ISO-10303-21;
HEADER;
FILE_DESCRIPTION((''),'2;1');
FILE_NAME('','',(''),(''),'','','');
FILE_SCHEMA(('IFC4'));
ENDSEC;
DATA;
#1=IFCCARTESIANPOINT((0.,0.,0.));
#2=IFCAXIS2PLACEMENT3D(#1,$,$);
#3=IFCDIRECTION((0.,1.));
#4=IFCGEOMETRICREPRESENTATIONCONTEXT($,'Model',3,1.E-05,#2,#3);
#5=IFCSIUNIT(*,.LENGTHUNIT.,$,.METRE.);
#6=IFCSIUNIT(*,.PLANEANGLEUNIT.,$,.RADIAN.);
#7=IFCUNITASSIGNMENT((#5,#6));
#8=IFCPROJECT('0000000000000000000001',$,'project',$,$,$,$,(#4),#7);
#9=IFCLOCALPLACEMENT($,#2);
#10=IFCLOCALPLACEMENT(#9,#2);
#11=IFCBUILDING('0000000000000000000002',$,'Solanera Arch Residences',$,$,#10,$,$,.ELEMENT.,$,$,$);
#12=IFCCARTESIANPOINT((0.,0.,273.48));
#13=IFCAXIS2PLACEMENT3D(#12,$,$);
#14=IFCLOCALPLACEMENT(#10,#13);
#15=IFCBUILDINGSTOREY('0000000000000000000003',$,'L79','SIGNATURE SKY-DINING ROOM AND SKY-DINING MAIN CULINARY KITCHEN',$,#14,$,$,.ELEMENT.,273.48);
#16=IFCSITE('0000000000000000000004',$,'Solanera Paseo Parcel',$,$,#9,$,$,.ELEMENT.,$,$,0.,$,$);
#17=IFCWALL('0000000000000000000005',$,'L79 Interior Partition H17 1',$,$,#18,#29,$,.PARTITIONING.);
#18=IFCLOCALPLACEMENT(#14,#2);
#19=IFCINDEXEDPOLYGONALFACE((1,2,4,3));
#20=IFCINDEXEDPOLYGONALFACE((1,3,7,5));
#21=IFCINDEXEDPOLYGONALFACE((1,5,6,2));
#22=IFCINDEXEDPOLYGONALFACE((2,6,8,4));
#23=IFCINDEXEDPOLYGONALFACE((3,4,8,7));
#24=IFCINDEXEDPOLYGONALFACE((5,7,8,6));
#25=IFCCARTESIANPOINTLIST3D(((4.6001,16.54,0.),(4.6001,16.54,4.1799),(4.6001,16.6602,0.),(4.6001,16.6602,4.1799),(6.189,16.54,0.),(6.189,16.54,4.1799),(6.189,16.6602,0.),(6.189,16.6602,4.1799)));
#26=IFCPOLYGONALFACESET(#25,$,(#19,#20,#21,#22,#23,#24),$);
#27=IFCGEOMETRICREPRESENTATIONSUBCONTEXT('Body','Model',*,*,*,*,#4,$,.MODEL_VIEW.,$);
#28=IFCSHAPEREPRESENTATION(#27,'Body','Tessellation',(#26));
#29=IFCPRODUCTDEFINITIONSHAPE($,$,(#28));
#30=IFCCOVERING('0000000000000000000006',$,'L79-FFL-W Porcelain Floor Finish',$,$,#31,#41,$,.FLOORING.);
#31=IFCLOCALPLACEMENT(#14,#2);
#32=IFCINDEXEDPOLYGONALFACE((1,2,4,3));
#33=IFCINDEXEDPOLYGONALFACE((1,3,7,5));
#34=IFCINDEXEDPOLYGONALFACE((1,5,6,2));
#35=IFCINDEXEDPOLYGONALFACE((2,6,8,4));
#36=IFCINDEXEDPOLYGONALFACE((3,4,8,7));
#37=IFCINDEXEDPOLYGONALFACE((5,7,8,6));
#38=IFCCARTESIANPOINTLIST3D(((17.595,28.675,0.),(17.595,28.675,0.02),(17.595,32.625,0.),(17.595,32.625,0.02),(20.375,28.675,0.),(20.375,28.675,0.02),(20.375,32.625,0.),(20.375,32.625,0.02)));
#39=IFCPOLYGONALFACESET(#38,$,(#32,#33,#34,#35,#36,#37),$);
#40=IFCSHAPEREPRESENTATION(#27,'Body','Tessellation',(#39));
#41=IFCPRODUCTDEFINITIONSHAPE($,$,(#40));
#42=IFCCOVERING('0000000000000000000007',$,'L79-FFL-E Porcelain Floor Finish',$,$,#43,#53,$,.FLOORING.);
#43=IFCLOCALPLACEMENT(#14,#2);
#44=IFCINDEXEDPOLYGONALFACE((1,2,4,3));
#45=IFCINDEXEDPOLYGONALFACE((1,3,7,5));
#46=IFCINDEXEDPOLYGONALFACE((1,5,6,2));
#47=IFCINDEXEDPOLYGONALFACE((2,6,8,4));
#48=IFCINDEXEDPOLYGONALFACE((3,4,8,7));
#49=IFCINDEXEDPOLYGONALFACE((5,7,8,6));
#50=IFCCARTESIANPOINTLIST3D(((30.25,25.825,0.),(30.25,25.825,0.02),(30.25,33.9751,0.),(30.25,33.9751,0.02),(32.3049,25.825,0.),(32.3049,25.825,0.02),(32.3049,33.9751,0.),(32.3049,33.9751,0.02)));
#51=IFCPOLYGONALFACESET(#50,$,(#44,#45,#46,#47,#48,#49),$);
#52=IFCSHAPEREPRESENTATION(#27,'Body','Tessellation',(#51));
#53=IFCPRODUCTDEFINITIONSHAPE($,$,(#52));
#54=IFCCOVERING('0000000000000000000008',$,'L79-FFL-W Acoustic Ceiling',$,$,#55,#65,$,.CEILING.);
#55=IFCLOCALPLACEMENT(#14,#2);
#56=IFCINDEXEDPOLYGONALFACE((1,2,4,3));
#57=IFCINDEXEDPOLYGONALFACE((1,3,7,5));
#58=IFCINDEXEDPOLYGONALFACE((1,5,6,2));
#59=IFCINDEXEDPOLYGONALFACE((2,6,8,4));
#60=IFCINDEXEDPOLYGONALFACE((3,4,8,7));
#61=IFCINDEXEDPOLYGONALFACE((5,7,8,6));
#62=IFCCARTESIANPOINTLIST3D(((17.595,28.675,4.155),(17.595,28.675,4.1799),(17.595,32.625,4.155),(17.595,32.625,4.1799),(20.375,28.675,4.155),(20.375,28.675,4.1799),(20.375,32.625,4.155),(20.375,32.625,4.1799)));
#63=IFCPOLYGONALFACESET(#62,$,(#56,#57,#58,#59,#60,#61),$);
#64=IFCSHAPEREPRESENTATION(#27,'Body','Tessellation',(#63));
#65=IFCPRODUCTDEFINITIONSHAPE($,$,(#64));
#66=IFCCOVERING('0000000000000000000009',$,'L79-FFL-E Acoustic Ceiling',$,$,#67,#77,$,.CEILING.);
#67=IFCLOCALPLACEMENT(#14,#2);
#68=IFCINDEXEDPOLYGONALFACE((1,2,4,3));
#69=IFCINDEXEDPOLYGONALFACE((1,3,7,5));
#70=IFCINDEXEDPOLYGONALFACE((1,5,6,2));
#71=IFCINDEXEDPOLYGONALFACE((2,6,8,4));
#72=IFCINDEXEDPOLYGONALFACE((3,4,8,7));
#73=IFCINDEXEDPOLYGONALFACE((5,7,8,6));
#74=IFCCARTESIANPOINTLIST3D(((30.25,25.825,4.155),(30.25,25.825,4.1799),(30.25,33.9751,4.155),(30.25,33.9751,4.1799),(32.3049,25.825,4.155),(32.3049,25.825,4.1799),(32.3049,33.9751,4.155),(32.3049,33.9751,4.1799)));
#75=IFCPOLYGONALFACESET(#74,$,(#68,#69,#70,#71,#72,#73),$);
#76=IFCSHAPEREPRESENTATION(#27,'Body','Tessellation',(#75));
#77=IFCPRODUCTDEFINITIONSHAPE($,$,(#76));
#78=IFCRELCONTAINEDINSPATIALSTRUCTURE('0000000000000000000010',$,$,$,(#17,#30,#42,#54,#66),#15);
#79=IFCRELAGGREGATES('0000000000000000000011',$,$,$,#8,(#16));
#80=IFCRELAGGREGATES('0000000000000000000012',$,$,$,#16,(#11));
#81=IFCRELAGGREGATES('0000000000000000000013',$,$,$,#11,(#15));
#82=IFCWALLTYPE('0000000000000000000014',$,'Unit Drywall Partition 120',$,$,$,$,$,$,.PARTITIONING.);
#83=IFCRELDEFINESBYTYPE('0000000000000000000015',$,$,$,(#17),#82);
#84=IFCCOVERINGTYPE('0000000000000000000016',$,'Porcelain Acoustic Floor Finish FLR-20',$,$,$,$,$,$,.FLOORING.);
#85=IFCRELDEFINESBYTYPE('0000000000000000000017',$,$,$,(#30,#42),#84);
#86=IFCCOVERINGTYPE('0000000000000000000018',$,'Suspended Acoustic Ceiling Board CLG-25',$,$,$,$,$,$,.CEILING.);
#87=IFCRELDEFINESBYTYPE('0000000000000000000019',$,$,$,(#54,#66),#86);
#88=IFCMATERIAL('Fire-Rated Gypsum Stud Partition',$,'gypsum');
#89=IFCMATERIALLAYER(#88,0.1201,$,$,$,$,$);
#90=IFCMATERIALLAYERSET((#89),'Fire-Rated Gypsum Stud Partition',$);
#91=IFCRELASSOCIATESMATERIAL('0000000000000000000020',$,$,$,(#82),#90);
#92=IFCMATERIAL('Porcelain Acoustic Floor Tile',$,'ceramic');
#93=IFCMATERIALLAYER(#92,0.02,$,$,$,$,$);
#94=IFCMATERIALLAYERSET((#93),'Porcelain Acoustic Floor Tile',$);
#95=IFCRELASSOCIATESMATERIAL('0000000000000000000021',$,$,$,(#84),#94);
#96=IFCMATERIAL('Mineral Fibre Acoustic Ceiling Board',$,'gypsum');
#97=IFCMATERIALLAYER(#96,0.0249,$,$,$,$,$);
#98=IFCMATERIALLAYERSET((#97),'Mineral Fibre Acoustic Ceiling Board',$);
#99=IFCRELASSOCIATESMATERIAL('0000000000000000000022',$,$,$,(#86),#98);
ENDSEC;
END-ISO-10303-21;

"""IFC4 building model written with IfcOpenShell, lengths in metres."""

from ifc_helpers import new_model, si_unit, direction, frame, frame_2d, origin, place, context, subcontext, project, spatial, polyline, rectangle, outline, extrude, material, layer, layer_set, type_object, element, save


model = new_model("IFC4")

# Units and contexts
model_context = context("Model", 3, precision=1e-05, world=origin(), true_north=direction((0.0, 1.0)))
body_context = subcontext(model_context, "Body", "Model", "MODEL_VIEW")
ifc_project = project(units=[si_unit("LENGTHUNIT", "METRE"), si_unit("PLANEANGLEUNIT", "RADIAN")], contexts=[model_context])

# Site, building, storey
site_placement = place(None, origin())
site = spatial("IfcSite", under=ifc_project, at=site_placement, Name="Solanera Paseo Parcel", CompositionType="ELEMENT", RefElevation=0.0)
building_placement = place(site_placement, origin())
building = spatial("IfcBuilding", under=site, at=building_placement, Name="Solanera Arch Residences", CompositionType="ELEMENT")
storey_placement = place(building_placement, frame((0.0, 0.0, 273.48)))
storey = spatial("IfcBuildingStorey", under=building, at=storey_placement, Name="L79", Description="SIGNATURE SKY-DINING ROOM AND SKY-DINING MAIN CULINARY KITCHEN", CompositionType="ELEMENT", Elevation=273.48)

# Wall
ifc_material_1 = material(Name="Fire-Rated Gypsum Stud Partition", Category="gypsum")
ifc_layer_1 = layer(ifc_material_1, 0.1201)
ifc_layer_set_1 = layer_set([ifc_layer_1], Name="Fire-Rated Gypsum Stud Partition")
wall_type_1 = type_object("IfcWallType", Name="Unit Drywall Partition 120", PredefinedType="PARTITIONING", material=ifc_layer_set_1)
wall_1_placement = place(storey_placement, frame((4.6001, 16.6001, 0.0), z_axis=(0.0, 0.0, 1.0), x_axis=(1.0, 0.0, 0.0)))
element("IfcWall", 1, at=wall_1_placement, inside=storey, type_object=wall_type_1, Name="L79 Interior Partition H17 1", PredefinedType="PARTITIONING", context=body_context, shape_type="SweptSolid", body=[
    extrude(rectangle(XDim=1.5889, YDim=0.1201, at=frame_2d((0.7944, 0.0))), origin(), (0.0, 0.0, 1.0), 4.1799),
])

# Coverings
ifc_material_2 = material(Name="Porcelain Acoustic Floor Tile", Category="ceramic")
ifc_layer_2 = layer(ifc_material_2, 0.02)
ifc_layer_set_2 = layer_set([ifc_layer_2], Name="Porcelain Acoustic Floor Tile")
covering_type_1 = type_object("IfcCoveringType", Name="Porcelain Acoustic Floor Finish FLR-20", PredefinedType="FLOORING", material=ifc_layer_set_2)
covering_1_placement = place(storey_placement, origin())
element("IfcCovering", 2, at=covering_1_placement, inside=storey, type_object=covering_type_1, Name="L79-FFL-W Porcelain Floor Finish", PredefinedType="FLOORING", context=body_context, shape_type="SweptSolid", body=[
    extrude(outline(polyline([(20.375, 28.675), (17.595, 28.675), (17.595, 32.625), (20.375, 32.625), (20.375, 28.675)])), origin(), (0.0, 0.0, 1.0), 0.02),
])
covering_2_placement = place(storey_placement, origin())
element("IfcCovering", 3, at=covering_2_placement, inside=storey, type_object=covering_type_1, Name="L79-FFL-E Porcelain Floor Finish", PredefinedType="FLOORING", context=body_context, shape_type="SweptSolid", body=[
    extrude(outline(polyline([(32.3049, 25.825), (30.25, 25.825), (30.25, 33.9751), (32.3049, 33.9751), (32.3049, 25.825)])), origin(), (0.0, 0.0, 1.0), 0.02),
])
ifc_material_3 = material(Name="Mineral Fibre Acoustic Ceiling Board", Category="gypsum")
ifc_layer_3 = layer(ifc_material_3, 0.0249)
ifc_layer_set_3 = layer_set([ifc_layer_3], Name="Mineral Fibre Acoustic Ceiling Board")
covering_type_2 = type_object("IfcCoveringType", Name="Suspended Acoustic Ceiling Board CLG-25", PredefinedType="CEILING", material=ifc_layer_set_3)
covering_3_placement = place(storey_placement, frame((0.0, 0.0, 4.155)))
element("IfcCovering", 4, at=covering_3_placement, inside=storey, type_object=covering_type_2, Name="L79-FFL-W Acoustic Ceiling", PredefinedType="CEILING", context=body_context, shape_type="SweptSolid", body=[
    extrude(outline(polyline([(20.375, 28.675), (17.595, 28.675), (17.595, 32.625), (20.375, 32.625), (20.375, 28.675)])), origin(), (0.0, 0.0, 1.0), 0.0249),
])
covering_4_placement = place(storey_placement, frame((0.0, 0.0, 4.155)))
element("IfcCovering", 5, at=covering_4_placement, inside=storey, type_object=covering_type_2, Name="L79-FFL-E Acoustic Ceiling", PredefinedType="CEILING", context=body_context, shape_type="SweptSolid", body=[
    extrude(outline(polyline([(32.3049, 25.825), (30.25, 25.825), (30.25, 33.9751), (32.3049, 33.9751), (32.3049, 25.825)])), origin(), (0.0, 0.0, 1.0), 0.0249),
])

save(model, "model.ifc")
